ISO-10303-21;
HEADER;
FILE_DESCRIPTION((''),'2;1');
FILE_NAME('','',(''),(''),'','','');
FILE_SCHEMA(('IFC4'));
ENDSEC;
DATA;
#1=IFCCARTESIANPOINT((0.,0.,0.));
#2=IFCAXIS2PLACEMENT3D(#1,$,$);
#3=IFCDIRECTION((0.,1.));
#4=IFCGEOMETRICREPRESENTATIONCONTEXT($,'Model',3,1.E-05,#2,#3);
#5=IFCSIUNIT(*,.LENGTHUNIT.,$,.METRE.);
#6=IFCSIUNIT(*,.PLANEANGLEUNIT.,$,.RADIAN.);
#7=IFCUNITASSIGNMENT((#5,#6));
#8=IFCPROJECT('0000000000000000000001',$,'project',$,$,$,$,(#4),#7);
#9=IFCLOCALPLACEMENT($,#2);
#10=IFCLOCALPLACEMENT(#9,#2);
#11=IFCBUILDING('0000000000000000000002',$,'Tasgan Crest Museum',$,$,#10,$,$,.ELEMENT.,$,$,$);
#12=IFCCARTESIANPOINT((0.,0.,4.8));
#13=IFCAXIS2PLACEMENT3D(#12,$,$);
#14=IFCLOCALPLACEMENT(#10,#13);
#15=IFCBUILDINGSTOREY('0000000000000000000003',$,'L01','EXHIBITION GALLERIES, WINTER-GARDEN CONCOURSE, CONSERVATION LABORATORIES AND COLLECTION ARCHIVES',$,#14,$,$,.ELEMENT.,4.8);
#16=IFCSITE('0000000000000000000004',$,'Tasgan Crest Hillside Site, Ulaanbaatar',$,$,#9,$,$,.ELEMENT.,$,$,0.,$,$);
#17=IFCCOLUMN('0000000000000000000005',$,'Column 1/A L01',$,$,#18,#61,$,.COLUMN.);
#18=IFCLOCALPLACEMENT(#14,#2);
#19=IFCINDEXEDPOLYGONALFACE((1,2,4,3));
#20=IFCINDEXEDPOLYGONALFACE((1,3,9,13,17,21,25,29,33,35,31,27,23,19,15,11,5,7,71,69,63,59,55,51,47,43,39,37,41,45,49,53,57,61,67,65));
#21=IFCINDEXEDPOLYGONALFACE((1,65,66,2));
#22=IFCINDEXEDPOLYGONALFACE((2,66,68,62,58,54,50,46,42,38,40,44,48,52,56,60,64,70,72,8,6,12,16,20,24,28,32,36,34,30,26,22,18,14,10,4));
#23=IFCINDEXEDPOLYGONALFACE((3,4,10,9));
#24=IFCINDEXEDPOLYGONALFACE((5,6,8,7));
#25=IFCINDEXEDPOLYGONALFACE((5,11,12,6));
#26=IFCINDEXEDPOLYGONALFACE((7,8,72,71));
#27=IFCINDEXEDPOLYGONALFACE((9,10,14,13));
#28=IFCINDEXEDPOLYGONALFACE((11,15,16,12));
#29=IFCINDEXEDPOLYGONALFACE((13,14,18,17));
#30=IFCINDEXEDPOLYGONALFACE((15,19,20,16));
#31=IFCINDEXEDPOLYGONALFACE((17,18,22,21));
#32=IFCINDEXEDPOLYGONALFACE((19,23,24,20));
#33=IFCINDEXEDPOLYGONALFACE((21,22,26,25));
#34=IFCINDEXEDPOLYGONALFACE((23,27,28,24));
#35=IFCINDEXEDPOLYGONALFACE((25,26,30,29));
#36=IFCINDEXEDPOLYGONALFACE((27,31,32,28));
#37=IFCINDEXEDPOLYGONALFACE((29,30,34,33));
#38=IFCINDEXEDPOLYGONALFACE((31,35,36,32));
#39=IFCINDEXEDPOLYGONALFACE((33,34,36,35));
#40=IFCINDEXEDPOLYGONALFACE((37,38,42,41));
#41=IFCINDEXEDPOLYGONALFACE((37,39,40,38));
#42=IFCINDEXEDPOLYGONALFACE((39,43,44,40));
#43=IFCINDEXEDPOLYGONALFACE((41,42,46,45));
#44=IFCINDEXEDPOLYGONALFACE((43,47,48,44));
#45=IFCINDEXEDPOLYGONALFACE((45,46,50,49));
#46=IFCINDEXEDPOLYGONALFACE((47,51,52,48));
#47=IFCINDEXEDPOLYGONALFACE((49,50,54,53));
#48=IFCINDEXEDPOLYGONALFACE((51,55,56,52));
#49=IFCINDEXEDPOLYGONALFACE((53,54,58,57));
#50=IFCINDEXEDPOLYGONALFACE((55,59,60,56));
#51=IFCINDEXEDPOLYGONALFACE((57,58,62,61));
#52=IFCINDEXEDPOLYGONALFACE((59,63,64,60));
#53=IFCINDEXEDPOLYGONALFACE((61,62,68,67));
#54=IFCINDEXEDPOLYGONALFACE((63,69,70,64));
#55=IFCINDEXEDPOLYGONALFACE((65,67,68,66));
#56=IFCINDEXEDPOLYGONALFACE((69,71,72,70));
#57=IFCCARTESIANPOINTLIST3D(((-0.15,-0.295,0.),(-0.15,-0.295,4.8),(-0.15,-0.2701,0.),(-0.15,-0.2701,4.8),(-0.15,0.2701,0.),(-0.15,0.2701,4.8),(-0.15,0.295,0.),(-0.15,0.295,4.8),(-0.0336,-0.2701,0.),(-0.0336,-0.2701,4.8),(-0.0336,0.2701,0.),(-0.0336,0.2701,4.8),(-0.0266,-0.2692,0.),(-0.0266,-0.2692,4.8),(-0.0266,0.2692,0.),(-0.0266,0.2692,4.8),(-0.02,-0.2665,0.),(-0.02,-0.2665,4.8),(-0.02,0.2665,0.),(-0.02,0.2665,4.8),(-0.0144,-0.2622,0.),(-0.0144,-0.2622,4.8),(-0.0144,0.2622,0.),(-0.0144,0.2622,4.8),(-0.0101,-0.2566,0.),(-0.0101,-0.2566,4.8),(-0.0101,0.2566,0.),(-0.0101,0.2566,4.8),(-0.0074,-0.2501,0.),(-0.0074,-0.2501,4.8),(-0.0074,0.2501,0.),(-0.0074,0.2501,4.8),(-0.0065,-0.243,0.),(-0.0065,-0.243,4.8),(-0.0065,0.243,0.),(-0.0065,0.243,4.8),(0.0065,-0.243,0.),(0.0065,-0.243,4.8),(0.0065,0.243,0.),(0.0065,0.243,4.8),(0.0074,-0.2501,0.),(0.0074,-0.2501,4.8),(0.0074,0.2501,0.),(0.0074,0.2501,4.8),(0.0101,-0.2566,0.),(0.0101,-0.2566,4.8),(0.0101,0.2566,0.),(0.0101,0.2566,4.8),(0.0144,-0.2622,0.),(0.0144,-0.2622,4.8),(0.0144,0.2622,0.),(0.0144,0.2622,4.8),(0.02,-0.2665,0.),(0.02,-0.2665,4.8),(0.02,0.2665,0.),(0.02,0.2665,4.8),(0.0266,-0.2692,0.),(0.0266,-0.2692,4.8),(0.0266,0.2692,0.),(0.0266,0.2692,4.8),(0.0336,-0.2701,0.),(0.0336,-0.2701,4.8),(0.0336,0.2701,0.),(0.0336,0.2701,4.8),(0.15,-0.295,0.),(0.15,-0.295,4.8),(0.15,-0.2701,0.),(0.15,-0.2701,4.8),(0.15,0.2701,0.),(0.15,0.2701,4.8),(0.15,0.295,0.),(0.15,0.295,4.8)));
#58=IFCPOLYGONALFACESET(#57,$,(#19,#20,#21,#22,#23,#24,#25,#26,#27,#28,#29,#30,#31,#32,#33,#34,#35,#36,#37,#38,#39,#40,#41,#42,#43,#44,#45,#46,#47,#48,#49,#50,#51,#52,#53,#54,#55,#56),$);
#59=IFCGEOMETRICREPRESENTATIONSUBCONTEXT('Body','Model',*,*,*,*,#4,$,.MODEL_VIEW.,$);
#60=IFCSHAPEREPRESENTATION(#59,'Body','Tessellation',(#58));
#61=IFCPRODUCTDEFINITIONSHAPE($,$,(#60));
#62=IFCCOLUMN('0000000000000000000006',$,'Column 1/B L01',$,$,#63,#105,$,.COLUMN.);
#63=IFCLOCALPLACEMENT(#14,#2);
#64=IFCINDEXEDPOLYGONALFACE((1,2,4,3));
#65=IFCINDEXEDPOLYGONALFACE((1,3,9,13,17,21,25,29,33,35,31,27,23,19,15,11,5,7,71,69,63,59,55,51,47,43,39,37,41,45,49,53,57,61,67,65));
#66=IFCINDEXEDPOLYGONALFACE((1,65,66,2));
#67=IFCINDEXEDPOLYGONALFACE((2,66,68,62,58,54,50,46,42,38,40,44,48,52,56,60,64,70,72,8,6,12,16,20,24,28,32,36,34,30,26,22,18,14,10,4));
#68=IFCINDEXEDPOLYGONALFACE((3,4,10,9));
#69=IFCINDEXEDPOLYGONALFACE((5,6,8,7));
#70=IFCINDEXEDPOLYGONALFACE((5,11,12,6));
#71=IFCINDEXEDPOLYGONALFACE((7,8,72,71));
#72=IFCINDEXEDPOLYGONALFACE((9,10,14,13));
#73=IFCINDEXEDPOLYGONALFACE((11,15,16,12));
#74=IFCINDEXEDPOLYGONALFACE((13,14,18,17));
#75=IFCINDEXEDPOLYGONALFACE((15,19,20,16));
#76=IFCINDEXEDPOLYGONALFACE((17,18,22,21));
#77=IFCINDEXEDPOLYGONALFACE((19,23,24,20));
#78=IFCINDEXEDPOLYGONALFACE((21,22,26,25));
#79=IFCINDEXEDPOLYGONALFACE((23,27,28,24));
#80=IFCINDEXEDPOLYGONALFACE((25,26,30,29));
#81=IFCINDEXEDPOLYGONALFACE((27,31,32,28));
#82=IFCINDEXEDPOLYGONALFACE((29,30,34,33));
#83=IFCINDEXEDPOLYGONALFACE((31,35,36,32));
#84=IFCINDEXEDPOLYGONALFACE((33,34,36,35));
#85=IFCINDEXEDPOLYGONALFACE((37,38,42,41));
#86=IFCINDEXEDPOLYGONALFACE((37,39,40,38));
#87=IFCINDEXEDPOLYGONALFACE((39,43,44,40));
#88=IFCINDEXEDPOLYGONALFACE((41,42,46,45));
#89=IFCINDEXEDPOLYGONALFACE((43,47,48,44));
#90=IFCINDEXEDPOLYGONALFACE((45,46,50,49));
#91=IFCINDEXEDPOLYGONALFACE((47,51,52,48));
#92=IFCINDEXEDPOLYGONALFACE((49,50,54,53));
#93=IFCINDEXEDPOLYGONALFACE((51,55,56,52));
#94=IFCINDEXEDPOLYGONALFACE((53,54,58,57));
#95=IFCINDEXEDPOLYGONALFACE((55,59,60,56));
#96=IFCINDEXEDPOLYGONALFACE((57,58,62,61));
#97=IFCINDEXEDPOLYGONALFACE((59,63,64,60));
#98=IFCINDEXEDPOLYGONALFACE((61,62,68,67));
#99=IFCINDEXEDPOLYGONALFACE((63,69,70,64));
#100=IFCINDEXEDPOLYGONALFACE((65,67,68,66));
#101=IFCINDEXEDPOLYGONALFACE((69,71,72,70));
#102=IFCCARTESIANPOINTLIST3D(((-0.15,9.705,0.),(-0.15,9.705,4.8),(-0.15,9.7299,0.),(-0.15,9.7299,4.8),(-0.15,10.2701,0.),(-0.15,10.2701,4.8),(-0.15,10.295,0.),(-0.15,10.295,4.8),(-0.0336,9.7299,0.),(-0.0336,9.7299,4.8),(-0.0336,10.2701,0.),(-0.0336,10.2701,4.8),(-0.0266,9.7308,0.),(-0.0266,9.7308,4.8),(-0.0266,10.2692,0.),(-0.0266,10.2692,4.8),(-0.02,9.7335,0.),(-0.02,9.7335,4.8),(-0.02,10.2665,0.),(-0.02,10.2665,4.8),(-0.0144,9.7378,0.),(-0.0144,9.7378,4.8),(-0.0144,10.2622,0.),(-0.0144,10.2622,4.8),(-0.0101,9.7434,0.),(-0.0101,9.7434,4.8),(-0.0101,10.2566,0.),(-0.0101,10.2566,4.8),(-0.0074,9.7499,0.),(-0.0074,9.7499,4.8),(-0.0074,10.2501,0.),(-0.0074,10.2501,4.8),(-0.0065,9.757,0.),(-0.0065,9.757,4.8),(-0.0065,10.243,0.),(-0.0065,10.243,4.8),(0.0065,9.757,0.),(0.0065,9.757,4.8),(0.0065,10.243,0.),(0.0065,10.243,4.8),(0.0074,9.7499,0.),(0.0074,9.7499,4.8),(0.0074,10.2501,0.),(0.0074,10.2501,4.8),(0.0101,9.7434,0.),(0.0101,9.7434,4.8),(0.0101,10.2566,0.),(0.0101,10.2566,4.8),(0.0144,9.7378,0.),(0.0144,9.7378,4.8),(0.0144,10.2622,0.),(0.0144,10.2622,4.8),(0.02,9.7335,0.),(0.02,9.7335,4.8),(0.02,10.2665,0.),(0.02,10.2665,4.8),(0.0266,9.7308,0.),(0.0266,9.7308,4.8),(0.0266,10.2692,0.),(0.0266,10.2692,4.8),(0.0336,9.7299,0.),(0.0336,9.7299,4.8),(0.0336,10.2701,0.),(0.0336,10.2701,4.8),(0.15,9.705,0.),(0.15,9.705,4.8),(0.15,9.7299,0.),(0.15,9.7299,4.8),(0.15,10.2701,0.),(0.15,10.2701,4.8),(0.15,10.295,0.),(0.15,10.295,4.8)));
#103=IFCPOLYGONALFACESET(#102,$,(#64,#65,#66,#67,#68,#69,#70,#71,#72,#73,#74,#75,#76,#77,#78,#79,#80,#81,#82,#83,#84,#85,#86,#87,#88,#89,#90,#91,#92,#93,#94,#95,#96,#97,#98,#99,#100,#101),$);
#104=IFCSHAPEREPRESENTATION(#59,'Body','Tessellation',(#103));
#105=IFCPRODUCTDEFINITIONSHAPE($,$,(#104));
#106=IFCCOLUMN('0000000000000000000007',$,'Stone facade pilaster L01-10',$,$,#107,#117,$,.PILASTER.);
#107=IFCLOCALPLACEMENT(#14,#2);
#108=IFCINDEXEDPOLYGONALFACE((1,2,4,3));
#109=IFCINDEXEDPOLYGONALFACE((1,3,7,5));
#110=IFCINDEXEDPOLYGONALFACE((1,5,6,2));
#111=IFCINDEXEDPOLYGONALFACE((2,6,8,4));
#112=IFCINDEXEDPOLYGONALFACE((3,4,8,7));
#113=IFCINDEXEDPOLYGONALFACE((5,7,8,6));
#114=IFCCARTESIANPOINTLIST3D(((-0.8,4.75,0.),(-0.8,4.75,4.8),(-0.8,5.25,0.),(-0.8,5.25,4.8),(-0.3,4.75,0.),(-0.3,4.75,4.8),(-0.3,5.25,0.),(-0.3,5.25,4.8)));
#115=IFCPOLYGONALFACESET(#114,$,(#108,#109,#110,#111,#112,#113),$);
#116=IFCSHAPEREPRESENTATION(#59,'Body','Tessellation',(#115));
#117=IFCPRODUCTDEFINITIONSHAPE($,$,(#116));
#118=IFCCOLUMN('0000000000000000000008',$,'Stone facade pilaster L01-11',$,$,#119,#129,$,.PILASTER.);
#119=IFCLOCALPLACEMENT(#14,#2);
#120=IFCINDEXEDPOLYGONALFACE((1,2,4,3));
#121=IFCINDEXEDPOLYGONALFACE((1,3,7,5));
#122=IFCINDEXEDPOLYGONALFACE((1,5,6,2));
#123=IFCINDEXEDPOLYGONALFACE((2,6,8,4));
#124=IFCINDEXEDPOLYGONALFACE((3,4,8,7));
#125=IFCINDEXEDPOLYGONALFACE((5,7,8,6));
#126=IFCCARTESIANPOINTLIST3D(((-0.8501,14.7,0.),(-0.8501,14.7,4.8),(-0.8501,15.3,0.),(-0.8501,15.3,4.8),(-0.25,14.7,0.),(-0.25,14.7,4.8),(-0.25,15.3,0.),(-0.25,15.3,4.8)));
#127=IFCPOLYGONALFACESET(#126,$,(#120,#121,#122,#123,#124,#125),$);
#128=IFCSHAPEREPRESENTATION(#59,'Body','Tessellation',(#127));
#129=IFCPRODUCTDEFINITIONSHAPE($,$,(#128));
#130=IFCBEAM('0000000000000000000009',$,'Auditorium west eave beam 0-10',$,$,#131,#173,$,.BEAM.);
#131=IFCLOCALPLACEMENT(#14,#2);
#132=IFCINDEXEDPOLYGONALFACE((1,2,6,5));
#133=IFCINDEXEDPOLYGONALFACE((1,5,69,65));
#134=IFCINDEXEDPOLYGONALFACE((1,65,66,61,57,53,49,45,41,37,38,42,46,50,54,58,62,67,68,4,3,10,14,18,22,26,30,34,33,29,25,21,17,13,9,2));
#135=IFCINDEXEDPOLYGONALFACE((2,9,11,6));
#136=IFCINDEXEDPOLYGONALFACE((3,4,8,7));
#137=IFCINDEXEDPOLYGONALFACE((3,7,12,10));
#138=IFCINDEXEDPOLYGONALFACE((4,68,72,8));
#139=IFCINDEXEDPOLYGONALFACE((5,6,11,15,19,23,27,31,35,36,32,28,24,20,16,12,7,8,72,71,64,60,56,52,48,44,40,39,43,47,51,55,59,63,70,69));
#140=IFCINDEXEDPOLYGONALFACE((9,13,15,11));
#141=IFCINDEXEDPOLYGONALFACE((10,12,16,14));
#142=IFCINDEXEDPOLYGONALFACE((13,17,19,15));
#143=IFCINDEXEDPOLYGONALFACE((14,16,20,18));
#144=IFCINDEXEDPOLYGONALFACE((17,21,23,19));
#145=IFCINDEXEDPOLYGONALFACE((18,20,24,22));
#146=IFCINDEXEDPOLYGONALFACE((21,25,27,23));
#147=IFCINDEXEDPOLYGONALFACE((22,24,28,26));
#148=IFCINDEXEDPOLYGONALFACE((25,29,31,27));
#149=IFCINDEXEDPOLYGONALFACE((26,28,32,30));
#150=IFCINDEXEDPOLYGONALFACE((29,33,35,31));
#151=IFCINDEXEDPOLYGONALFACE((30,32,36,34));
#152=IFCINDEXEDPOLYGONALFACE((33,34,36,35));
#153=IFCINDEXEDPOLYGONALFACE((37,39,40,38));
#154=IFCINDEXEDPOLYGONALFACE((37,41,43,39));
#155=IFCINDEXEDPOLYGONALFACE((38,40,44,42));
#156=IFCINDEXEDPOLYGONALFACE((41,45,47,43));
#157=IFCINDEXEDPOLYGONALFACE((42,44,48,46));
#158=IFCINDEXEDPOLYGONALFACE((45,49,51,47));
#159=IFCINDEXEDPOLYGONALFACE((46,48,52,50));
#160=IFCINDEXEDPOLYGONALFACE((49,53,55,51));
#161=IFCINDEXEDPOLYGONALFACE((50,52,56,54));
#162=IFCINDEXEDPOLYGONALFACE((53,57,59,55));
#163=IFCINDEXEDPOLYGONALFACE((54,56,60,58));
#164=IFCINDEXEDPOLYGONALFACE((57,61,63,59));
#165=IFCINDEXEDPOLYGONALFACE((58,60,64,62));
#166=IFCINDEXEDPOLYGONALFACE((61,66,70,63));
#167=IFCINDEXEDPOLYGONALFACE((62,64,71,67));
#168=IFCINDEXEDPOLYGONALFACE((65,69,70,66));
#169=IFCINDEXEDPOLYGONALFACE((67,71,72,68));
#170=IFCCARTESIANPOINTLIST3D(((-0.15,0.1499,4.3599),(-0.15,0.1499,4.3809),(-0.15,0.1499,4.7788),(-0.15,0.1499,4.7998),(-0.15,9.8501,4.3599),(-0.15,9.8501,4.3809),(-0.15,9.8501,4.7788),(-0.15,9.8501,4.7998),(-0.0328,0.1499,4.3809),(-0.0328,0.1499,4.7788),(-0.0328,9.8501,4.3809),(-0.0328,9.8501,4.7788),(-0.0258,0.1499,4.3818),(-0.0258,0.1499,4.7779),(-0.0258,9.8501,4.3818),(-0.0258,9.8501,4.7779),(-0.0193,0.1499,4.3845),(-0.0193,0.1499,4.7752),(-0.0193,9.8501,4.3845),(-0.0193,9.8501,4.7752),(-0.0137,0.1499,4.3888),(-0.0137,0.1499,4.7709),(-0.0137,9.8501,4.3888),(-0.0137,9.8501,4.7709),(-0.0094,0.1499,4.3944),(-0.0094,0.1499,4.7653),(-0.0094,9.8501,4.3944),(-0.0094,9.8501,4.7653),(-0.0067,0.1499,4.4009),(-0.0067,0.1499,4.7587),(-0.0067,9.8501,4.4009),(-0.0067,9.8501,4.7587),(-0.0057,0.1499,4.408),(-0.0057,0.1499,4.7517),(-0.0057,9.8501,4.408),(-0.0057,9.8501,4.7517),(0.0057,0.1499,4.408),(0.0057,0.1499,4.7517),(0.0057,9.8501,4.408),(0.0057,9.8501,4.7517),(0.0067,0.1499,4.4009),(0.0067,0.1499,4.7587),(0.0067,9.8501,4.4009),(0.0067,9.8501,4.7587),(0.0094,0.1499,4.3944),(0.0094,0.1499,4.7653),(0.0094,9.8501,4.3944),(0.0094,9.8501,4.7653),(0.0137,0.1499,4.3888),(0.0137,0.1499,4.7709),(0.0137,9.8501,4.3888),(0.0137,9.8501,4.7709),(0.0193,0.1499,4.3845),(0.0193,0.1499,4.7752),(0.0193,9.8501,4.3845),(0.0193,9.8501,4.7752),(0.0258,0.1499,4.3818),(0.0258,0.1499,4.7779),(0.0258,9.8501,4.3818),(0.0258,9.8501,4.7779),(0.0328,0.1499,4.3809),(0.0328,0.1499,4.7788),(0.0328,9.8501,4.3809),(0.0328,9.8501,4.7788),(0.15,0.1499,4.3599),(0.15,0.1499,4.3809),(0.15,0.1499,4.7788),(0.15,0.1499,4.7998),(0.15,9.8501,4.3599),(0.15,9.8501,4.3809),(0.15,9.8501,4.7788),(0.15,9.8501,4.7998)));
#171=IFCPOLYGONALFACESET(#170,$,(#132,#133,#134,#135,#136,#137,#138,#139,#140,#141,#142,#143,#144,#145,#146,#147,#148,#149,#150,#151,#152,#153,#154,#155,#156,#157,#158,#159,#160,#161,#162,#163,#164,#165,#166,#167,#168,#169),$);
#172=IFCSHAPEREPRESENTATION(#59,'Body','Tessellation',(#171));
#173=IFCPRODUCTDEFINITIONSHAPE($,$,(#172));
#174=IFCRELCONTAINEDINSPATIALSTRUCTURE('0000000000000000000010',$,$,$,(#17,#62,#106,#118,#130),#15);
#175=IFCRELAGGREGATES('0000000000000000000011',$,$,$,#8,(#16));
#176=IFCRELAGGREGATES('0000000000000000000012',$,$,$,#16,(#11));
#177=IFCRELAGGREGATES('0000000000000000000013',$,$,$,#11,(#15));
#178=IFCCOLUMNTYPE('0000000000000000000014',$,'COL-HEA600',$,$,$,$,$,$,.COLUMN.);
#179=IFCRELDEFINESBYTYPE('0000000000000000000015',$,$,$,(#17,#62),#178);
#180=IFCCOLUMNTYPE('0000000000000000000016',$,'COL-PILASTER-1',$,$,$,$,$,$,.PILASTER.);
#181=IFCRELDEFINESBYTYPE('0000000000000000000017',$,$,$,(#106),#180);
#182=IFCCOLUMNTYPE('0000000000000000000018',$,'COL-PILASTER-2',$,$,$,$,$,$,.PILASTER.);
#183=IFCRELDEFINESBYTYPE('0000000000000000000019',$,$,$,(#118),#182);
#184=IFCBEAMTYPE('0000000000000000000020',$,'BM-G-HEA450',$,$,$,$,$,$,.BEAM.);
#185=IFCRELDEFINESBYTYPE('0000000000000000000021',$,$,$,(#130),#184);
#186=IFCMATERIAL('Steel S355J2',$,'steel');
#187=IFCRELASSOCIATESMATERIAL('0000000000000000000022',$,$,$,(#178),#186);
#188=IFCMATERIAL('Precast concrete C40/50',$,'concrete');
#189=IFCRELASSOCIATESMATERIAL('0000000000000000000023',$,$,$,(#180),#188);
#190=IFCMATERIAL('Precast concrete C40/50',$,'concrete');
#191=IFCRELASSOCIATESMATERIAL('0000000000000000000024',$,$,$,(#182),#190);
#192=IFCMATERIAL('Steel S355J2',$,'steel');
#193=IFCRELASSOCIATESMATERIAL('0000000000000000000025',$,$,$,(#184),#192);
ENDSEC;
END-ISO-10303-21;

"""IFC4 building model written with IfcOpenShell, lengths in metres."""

from ifc_helpers import new_model, si_unit, direction, frame, origin, origin_2d, place, context, subcontext, project, spatial, rectangle, i_section, extrude, material, material_profile, profile_set, type_object, element, save


model = new_model("IFC4")

# Units and contexts
model_context = context("Model", 3, precision=1e-05, world=origin(), true_north=direction((0.0, 1.0)))
body_context = subcontext(model_context, "Body", "Model", "MODEL_VIEW")
ifc_project = project(units=[si_unit("LENGTHUNIT", "METRE"), si_unit("PLANEANGLEUNIT", "RADIAN")], contexts=[model_context])

# Site, building, storey
site_placement = place(None, origin())
site = spatial("IfcSite", under=ifc_project, at=site_placement, Name="Tasgan Crest Hillside Site, Ulaanbaatar", CompositionType="ELEMENT", RefElevation=0.0)
building_placement = place(site_placement, origin())
building = spatial("IfcBuilding", under=site, at=building_placement, Name="Tasgan Crest Museum", CompositionType="ELEMENT")
storey_placement = place(building_placement, frame((0.0, 0.0, 4.8)))
storey = spatial("IfcBuildingStorey", under=building, at=storey_placement, Name="L01", Description="EXHIBITION GALLERIES, WINTER-GARDEN CONCOURSE, CONSERVATION LABORATORIES AND COLLECTION ARCHIVES", CompositionType="ELEMENT", Elevation=4.8)

# Columns
ifc_material_1 = material(Name="Steel S355J2", Category="steel")
ifc_material_profile_1 = material_profile(ifc_material_1, i_section(OverallWidth=0.3, OverallDepth=0.5901, WebThickness=0.0129, FlangeThickness=0.0249, FilletRadius=0.0271, at=origin_2d()), Name="HEA 600")
ifc_profile_set_1 = profile_set([ifc_material_profile_1], Name="Steel S355J2")
column_type_1 = type_object("IfcColumnType", Name="COL-HEA600", PredefinedType="COLUMN", material=ifc_profile_set_1)
for number, where, z_axis, x_axis, name in (
    (1, (0.0, 0.0, 0.0), (0.0, 0.0, 1.0), (1.0, 0.0, 0.0), "Column 1/A L01"),
    (2, (0.0, 10.0, 0.0), (0.0, 0.0, 1.0), (1.0, 0.0, 0.0), "Column 1/B L01"),
):
    element("IfcColumn", number, at=place(storey_placement, frame(where, z_axis=z_axis, x_axis=x_axis)), inside=storey, type_object=column_type_1, Name=name, PredefinedType="COLUMN", context=body_context, shape_type="SweptSolid", body=[
        extrude(i_section(OverallWidth=0.3, OverallDepth=0.5901, WebThickness=0.0129, FlangeThickness=0.0249, FilletRadius=0.0271, at=origin_2d()), origin(), (0.0, 0.0, 1.0), 4.8),
    ])
ifc_material_2 = material(Name="Precast concrete C40/50", Category="concrete")
ifc_material_profile_2 = material_profile(ifc_material_2, rectangle(XDim=0.5, YDim=0.5, at=origin_2d()), Name="RC 500x500")
ifc_profile_set_2 = profile_set([ifc_material_profile_2], Name="Precast concrete C40/50")
column_type_2 = type_object("IfcColumnType", Name="COL-PILASTER-1", PredefinedType="PILASTER", material=ifc_profile_set_2)
column_1_placement = place(storey_placement, frame((-0.55, 5.0, 0.0), z_axis=(0.0, 0.0, 1.0), x_axis=(1.0, 0.0, 0.0)))
element("IfcColumn", 3, at=column_1_placement, inside=storey, type_object=column_type_2, Name="Stone facade pilaster L01-10", PredefinedType="PILASTER", context=body_context, shape_type="SweptSolid", body=[
    extrude(rectangle(XDim=0.5, YDim=0.5, at=origin_2d()), origin(), (0.0, 0.0, 1.0), 4.8),
])
ifc_material_3 = material(Name="Precast concrete C40/50", Category="concrete")
ifc_material_profile_3 = material_profile(ifc_material_3, rectangle(XDim=0.6001, YDim=0.6001, at=origin_2d()), Name="RC 600x600")
ifc_profile_set_3 = profile_set([ifc_material_profile_3], Name="Precast concrete C40/50")
column_type_3 = type_object("IfcColumnType", Name="COL-PILASTER-2", PredefinedType="PILASTER", material=ifc_profile_set_3)
column_2_placement = place(storey_placement, frame((-0.55, 15.0, 0.0), z_axis=(0.0, 0.0, 1.0), x_axis=(1.0, 0.0, 0.0)))
element("IfcColumn", 4, at=column_2_placement, inside=storey, type_object=column_type_3, Name="Stone facade pilaster L01-11", PredefinedType="PILASTER", context=body_context, shape_type="SweptSolid", body=[
    extrude(rectangle(XDim=0.6001, YDim=0.6001, at=origin_2d()), origin(), (0.0, 0.0, 1.0), 4.8),
])

# Beam
ifc_material_4 = material(Name="Steel S355J2", Category="steel")
ifc_material_profile_4 = material_profile(ifc_material_4, i_section(OverallWidth=0.3, OverallDepth=0.4399, WebThickness=0.0115, FlangeThickness=0.021, FilletRadius=0.0271, at=origin_2d()), Name="HEA 450")
ifc_profile_set_4 = profile_set([ifc_material_profile_4], Name="Steel S355J2")
beam_type_1 = type_object("IfcBeamType", Name="BM-G-HEA450", PredefinedType="BEAM", material=ifc_profile_set_4)
for number, where, z_axis, x_axis, name in (
    (5, (0.0, 0.1499, 4.5798), (0.0, 1.0, 0.0), (-1.0, 0.0, 0.0), "Auditorium west eave beam 0-10"),
):
    element("IfcBeam", number, at=place(storey_placement, frame(where, z_axis=z_axis, x_axis=x_axis)), inside=storey, type_object=beam_type_1, Name=name, PredefinedType="BEAM", context=body_context, shape_type="SweptSolid", body=[
        extrude(i_section(OverallWidth=0.3, OverallDepth=0.4399, WebThickness=0.0115, FlangeThickness=0.021, FilletRadius=0.0271, at=origin_2d()), origin(), (0.0, 0.0, 1.0), 9.7002),
    ])

save(model, "model.ifc")
